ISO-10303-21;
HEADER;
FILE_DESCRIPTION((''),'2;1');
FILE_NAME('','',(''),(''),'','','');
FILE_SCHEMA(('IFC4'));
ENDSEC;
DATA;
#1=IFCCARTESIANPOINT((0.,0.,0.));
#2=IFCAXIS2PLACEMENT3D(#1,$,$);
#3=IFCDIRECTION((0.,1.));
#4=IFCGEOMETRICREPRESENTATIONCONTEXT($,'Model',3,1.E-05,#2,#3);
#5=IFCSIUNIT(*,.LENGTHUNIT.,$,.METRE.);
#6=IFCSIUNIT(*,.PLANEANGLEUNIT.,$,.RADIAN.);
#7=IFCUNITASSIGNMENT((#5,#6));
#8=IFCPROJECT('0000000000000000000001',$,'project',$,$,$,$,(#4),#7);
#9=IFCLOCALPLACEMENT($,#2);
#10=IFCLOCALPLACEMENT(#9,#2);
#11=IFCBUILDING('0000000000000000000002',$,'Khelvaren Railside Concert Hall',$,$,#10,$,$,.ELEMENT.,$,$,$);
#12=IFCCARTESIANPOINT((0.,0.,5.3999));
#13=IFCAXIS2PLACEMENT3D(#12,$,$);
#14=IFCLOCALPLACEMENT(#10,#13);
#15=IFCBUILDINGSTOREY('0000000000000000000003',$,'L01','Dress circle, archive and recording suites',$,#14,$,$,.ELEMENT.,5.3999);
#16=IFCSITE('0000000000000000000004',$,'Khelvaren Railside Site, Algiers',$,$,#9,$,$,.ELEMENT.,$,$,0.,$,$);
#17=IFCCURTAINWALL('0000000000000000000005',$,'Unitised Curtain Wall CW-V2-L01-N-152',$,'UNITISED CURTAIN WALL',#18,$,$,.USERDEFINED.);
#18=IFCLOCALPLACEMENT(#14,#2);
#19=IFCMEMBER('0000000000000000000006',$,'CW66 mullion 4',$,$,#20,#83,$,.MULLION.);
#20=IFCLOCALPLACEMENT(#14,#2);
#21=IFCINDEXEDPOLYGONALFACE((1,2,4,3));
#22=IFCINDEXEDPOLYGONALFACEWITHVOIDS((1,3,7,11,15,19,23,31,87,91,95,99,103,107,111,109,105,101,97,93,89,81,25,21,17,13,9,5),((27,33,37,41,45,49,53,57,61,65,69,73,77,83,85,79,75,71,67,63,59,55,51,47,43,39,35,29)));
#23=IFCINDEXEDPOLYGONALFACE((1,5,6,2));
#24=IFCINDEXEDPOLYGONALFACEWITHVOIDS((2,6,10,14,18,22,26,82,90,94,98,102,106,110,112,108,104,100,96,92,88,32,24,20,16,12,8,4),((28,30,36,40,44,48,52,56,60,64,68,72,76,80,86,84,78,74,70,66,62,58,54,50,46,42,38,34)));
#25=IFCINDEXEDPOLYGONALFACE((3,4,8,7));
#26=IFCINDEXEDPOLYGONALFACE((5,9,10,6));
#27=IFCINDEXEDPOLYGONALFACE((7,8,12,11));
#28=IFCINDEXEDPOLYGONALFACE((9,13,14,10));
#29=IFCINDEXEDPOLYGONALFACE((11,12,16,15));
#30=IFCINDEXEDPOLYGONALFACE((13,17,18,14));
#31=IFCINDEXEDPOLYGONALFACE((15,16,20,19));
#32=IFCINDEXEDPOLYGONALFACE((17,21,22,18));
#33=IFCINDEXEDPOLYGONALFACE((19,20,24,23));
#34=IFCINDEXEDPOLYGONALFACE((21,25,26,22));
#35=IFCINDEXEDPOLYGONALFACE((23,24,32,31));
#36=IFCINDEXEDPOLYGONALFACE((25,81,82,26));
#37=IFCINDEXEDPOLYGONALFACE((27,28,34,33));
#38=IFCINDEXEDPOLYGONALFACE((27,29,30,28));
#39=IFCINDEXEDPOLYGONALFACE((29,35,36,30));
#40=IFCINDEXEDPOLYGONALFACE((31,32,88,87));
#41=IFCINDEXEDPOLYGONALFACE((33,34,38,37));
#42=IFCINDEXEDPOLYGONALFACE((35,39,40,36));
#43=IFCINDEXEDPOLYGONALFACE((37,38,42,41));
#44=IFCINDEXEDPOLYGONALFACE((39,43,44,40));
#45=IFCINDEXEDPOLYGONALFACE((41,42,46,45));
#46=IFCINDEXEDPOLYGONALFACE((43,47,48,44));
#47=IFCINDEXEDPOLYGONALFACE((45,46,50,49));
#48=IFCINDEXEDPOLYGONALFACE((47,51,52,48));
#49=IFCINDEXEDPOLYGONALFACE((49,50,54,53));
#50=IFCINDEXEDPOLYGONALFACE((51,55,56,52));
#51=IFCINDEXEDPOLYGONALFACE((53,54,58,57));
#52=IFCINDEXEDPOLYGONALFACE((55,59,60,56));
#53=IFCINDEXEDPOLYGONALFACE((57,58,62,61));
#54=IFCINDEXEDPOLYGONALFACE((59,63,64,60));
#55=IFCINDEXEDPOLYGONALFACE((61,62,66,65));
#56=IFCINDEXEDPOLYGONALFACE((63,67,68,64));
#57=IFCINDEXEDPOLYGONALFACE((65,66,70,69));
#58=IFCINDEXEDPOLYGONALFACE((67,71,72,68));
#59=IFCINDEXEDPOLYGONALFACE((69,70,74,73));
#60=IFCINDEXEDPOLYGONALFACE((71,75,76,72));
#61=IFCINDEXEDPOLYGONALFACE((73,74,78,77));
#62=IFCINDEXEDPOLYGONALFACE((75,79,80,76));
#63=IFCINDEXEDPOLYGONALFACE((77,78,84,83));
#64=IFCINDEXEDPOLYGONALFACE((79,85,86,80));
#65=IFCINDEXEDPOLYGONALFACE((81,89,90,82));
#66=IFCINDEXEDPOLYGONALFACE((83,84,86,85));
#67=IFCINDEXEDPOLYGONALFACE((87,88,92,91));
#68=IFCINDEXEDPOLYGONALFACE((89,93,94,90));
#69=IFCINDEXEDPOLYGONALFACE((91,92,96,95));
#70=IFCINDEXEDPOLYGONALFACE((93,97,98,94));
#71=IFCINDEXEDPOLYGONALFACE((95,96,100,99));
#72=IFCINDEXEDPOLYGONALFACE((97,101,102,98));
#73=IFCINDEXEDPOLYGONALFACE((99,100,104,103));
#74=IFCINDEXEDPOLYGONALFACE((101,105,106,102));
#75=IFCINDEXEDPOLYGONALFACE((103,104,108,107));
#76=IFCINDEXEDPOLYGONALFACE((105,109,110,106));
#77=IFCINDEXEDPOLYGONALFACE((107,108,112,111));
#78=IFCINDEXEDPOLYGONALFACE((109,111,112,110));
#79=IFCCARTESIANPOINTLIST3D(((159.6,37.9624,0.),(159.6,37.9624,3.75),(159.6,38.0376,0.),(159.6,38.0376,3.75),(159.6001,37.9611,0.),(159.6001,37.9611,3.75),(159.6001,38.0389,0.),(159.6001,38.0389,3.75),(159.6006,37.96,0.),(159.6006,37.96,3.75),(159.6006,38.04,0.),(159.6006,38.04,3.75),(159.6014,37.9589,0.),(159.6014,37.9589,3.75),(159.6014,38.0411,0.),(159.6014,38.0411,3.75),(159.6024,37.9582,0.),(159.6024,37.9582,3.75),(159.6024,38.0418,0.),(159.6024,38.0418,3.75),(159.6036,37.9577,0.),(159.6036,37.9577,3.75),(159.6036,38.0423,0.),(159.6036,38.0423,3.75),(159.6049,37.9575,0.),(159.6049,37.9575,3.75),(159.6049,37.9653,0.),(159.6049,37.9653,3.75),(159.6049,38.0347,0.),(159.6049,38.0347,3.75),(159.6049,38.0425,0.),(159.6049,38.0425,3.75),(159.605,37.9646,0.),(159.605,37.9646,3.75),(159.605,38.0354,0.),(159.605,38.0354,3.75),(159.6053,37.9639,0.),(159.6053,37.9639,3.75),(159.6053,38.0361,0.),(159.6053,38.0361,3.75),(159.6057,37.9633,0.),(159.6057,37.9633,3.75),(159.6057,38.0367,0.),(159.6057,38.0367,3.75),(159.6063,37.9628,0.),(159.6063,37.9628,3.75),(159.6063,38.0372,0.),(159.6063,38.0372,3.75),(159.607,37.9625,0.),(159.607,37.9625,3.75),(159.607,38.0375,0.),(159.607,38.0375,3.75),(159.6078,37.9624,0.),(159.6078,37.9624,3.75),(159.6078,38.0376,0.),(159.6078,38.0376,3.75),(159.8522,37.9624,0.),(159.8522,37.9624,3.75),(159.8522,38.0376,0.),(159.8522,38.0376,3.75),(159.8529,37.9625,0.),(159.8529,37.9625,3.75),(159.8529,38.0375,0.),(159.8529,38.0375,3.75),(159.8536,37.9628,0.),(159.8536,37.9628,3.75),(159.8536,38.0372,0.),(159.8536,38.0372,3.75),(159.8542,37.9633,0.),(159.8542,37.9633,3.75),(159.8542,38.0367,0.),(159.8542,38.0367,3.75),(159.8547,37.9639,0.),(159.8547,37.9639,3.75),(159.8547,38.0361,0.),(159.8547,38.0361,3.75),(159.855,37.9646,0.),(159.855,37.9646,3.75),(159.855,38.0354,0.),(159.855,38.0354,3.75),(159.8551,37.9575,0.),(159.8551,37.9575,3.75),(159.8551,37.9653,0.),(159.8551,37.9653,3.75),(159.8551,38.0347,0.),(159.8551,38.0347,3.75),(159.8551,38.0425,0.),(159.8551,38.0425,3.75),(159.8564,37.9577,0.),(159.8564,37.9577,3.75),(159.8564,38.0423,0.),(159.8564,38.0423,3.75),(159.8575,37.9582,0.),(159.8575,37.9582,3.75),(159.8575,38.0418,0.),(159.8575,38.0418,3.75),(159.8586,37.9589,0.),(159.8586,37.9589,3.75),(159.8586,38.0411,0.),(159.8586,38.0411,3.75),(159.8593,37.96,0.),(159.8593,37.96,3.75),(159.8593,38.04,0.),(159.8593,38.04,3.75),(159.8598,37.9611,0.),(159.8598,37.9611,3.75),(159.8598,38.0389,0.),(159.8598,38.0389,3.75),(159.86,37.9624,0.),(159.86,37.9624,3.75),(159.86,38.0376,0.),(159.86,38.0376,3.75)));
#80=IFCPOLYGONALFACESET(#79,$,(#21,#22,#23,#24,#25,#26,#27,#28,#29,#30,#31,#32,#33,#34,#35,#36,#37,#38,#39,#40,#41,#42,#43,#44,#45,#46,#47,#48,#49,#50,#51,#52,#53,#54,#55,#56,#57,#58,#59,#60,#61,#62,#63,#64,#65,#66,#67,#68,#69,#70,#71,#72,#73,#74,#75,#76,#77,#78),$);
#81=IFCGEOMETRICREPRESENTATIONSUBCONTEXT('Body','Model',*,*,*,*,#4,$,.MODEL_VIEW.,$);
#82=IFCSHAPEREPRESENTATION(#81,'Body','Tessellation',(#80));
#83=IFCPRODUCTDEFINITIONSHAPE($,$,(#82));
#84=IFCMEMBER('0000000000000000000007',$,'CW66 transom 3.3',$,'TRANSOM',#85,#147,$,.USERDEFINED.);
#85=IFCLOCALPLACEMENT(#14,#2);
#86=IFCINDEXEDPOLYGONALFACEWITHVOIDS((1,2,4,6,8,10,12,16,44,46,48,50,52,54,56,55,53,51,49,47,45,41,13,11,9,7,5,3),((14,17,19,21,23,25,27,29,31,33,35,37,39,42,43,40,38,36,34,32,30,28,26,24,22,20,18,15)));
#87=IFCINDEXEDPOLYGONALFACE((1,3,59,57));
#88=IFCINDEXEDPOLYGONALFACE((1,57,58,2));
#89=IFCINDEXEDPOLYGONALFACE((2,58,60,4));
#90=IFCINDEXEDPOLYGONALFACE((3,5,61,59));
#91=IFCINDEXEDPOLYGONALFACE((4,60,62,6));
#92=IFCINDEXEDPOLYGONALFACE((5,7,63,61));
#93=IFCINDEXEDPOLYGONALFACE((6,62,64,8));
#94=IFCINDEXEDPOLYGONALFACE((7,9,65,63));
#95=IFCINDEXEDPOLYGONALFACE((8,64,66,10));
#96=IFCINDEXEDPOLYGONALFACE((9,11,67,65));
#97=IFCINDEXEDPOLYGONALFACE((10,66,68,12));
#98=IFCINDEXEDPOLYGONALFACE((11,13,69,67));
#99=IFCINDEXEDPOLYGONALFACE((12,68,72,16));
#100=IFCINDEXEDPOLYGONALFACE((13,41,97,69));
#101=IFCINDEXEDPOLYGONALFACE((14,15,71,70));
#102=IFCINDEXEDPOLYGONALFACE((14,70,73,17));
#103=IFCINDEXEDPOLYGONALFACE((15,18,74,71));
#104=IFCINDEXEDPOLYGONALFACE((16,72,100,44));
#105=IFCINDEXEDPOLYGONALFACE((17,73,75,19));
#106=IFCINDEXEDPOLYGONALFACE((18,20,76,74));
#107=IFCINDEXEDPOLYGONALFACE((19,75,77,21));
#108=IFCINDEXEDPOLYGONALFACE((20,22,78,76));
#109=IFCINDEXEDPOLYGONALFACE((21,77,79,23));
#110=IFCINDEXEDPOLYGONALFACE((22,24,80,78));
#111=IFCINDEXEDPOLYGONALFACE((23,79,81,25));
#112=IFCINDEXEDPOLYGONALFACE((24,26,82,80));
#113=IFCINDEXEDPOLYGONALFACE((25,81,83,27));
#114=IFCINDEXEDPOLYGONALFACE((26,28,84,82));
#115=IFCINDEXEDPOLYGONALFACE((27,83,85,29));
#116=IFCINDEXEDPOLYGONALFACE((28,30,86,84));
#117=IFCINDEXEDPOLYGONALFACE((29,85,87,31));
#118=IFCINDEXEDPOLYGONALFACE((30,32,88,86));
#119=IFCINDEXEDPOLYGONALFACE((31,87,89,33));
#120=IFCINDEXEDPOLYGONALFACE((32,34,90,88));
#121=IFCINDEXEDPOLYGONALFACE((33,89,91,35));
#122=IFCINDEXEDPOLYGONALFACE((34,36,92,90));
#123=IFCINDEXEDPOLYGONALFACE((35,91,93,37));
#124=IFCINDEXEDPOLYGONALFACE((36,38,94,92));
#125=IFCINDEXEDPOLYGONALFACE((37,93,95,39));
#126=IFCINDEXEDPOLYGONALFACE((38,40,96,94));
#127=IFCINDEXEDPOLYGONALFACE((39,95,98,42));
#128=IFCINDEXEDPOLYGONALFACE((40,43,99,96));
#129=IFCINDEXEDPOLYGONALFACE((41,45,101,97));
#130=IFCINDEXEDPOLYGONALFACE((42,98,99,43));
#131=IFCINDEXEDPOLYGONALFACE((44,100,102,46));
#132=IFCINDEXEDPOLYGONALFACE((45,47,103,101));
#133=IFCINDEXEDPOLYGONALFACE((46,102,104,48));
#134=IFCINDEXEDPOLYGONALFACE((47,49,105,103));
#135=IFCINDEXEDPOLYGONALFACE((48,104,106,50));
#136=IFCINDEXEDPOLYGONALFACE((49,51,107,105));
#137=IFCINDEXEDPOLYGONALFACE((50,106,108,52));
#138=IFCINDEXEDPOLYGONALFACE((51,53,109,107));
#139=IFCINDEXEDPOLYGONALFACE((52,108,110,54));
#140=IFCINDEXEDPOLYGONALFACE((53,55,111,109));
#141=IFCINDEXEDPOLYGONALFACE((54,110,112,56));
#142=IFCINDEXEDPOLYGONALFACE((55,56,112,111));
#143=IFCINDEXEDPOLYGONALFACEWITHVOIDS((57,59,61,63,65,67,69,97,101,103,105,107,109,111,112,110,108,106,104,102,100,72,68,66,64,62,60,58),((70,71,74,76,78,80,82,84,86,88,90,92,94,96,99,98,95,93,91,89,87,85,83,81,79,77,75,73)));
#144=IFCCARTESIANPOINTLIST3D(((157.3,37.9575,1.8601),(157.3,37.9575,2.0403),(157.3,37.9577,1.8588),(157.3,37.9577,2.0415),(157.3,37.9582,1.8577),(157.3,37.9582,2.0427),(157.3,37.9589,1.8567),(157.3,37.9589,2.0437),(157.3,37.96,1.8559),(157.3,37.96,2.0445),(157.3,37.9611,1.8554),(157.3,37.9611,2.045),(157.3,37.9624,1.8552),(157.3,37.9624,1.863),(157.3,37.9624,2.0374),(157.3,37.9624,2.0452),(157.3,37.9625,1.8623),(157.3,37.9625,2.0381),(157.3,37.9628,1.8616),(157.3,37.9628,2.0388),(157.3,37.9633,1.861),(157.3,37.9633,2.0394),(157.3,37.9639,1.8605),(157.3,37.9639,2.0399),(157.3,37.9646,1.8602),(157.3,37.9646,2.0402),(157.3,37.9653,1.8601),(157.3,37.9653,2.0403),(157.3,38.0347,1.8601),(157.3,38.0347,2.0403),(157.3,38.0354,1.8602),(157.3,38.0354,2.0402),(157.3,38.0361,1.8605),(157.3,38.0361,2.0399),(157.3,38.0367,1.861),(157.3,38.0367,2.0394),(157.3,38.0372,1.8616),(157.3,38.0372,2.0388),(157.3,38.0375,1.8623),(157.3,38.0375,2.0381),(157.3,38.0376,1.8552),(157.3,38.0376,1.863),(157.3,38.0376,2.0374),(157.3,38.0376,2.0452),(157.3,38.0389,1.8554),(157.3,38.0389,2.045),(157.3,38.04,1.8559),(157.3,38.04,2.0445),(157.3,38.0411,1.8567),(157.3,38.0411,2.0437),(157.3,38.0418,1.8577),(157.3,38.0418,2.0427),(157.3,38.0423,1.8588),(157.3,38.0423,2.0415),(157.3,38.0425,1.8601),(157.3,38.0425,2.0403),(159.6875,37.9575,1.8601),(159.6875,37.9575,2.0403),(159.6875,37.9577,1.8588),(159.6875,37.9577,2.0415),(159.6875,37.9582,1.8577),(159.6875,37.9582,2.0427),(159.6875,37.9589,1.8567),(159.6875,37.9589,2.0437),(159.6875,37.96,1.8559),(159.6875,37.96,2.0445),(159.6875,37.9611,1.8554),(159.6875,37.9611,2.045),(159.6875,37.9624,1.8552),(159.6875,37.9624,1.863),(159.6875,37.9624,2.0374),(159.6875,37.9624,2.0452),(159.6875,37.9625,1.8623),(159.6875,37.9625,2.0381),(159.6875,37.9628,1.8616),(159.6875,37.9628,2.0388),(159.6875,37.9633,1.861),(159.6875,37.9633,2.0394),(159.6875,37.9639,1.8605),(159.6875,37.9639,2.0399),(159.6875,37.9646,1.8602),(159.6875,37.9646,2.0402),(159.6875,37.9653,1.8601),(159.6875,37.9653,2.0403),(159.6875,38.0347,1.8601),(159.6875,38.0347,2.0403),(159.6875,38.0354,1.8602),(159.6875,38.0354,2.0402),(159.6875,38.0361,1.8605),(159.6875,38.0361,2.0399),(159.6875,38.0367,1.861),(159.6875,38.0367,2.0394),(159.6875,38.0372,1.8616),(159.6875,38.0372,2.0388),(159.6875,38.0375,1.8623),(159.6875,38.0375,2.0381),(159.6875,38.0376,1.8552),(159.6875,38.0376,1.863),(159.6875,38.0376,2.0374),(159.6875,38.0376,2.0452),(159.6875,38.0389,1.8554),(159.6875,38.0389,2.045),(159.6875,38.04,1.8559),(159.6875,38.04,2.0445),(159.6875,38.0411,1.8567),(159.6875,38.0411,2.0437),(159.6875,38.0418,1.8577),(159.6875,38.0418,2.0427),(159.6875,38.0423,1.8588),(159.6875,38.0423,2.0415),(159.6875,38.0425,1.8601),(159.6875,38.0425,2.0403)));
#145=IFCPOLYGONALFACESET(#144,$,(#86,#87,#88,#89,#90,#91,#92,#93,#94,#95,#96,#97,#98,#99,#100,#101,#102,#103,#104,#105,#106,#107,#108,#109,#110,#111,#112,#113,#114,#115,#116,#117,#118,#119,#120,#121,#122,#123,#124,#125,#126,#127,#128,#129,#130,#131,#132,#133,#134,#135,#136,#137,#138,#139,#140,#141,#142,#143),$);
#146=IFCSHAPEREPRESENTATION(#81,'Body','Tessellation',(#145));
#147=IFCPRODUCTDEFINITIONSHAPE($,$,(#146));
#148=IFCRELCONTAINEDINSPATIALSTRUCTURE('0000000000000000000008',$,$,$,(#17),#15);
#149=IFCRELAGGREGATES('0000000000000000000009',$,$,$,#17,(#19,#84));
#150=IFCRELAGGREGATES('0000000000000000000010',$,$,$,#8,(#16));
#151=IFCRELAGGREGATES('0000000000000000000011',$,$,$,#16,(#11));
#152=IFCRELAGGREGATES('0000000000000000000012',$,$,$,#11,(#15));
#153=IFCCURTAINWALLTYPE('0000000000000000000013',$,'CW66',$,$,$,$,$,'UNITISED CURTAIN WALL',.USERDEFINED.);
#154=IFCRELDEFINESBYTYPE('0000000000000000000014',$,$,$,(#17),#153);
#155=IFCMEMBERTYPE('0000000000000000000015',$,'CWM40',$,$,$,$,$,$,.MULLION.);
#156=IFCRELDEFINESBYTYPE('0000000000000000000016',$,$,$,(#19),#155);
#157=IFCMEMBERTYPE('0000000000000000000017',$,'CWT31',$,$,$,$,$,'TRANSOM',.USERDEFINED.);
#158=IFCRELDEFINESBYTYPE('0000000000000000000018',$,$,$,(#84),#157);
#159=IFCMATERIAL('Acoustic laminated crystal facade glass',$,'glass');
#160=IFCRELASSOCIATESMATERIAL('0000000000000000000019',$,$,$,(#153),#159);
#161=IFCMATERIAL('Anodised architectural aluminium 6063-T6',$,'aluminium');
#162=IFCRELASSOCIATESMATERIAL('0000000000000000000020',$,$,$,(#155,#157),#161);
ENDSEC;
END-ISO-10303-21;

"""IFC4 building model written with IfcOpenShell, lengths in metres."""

from ifc_helpers import new_model, si_unit, direction, frame, origin, origin_2d, place, context, subcontext, project, spatial, hollow_rectangle, extrude, material, material_profile, profile_set, type_object, element, aggregate, save


model = new_model("IFC4")

# Units and contexts
model_context = context("Model", 3, precision=1e-05, world=origin(), true_north=direction((0.0, 1.0)))
body_context = subcontext(model_context, "Body", "Model", "MODEL_VIEW")
ifc_project = project(units=[si_unit("LENGTHUNIT", "METRE"), si_unit("PLANEANGLEUNIT", "RADIAN")], contexts=[model_context])

# Site, building, storey
site_placement = place(None, origin())
site = spatial("IfcSite", under=ifc_project, at=site_placement, Name="Khelvaren Railside Site, Algiers", CompositionType="ELEMENT", RefElevation=0.0)
building_placement = place(site_placement, origin())
building = spatial("IfcBuilding", under=site, at=building_placement, Name="Khelvaren Railside Concert Hall", CompositionType="ELEMENT")
storey_placement = place(building_placement, frame((0.0, 0.0, 5.3999)))
storey = spatial("IfcBuildingStorey", under=building, at=storey_placement, Name="L01", Description="Dress circle, archive and recording suites", CompositionType="ELEMENT", Elevation=5.3999)

# Curtain wall, members
ifc_material_1 = material(Name="Acoustic laminated crystal facade glass", Category="glass")
curtain_wall_type = type_object("IfcCurtainWallType", Name="CW66", ElementType="UNITISED CURTAIN WALL", PredefinedType="USERDEFINED", material=ifc_material_1)
curtain_wall_placement = place(storey_placement, origin())
curtain_wall = element("IfcCurtainWall", 1, at=curtain_wall_placement, inside=storey, type_object=curtain_wall_type, Name="Unitised Curtain Wall CW-V2-L01-N-152", ObjectType="UNITISED CURTAIN WALL", PredefinedType="USERDEFINED")
ifc_material_2 = material(Name="Anodised architectural aluminium 6063-T6", Category="aluminium")
ifc_material_profile_1 = material_profile(ifc_material_2, hollow_rectangle(XDim=0.085, YDim=0.26, WallThickness=0.0049, InnerFilletRadius=0.0029, OuterFilletRadius=0.0049, at=origin_2d()), Name="CWM 85x260x5")
ifc_profile_set_1 = profile_set([ifc_material_profile_1], Name="Anodised architectural aluminium 6063-T6")
member_type_1 = type_object("IfcMemberType", Name="CWM40", PredefinedType="MULLION", material=ifc_profile_set_1)
member_1_placement = place(storey_placement, frame((159.73, 38.0, 0.0), z_axis=(0.0, 0.0, 1.0), x_axis=(0.0, 1.0, 0.0)))
member_1 = element("IfcMember", 2, at=member_1_placement, type_object=member_type_1, Name="CW66 mullion 4", PredefinedType="MULLION", context=body_context, shape_type="SweptSolid", body=[
    extrude(hollow_rectangle(XDim=0.085, YDim=0.26, WallThickness=0.0049, InnerFilletRadius=0.0029, OuterFilletRadius=0.0049, at=origin_2d()), origin(), (0.0, 0.0, 1.0), 3.75),
])
ifc_material_profile_2 = material_profile(ifc_material_2, hollow_rectangle(XDim=0.085, YDim=0.1899, WallThickness=0.0049, InnerFilletRadius=0.0029, OuterFilletRadius=0.0049, at=origin_2d()), Name="CWT 85x190x5")
ifc_profile_set_2 = profile_set([ifc_material_profile_2], Name="Anodised architectural aluminium 6063-T6")
member_type_2 = type_object("IfcMemberType", Name="CWT31", ElementType="TRANSOM", PredefinedType="USERDEFINED", material=ifc_profile_set_2)
member_2_placement = place(storey_placement, frame((157.3, 38.0, 1.9502), z_axis=(1.0, 0.0, 0.0), x_axis=(0.0, 1.0, 0.0)))
member_2 = element("IfcMember", 3, at=member_2_placement, type_object=member_type_2, Name="CW66 transom 3.3", ObjectType="TRANSOM", PredefinedType="USERDEFINED", context=body_context, shape_type="SweptSolid", body=[
    extrude(hollow_rectangle(XDim=0.085, YDim=0.1899, WallThickness=0.0049, InnerFilletRadius=0.0029, OuterFilletRadius=0.0049, at=origin_2d()), origin(), (0.0, 0.0, 1.0), 2.3875),
])

aggregate(curtain_wall, [member_1, member_2])

save(model, "model.ifc")
